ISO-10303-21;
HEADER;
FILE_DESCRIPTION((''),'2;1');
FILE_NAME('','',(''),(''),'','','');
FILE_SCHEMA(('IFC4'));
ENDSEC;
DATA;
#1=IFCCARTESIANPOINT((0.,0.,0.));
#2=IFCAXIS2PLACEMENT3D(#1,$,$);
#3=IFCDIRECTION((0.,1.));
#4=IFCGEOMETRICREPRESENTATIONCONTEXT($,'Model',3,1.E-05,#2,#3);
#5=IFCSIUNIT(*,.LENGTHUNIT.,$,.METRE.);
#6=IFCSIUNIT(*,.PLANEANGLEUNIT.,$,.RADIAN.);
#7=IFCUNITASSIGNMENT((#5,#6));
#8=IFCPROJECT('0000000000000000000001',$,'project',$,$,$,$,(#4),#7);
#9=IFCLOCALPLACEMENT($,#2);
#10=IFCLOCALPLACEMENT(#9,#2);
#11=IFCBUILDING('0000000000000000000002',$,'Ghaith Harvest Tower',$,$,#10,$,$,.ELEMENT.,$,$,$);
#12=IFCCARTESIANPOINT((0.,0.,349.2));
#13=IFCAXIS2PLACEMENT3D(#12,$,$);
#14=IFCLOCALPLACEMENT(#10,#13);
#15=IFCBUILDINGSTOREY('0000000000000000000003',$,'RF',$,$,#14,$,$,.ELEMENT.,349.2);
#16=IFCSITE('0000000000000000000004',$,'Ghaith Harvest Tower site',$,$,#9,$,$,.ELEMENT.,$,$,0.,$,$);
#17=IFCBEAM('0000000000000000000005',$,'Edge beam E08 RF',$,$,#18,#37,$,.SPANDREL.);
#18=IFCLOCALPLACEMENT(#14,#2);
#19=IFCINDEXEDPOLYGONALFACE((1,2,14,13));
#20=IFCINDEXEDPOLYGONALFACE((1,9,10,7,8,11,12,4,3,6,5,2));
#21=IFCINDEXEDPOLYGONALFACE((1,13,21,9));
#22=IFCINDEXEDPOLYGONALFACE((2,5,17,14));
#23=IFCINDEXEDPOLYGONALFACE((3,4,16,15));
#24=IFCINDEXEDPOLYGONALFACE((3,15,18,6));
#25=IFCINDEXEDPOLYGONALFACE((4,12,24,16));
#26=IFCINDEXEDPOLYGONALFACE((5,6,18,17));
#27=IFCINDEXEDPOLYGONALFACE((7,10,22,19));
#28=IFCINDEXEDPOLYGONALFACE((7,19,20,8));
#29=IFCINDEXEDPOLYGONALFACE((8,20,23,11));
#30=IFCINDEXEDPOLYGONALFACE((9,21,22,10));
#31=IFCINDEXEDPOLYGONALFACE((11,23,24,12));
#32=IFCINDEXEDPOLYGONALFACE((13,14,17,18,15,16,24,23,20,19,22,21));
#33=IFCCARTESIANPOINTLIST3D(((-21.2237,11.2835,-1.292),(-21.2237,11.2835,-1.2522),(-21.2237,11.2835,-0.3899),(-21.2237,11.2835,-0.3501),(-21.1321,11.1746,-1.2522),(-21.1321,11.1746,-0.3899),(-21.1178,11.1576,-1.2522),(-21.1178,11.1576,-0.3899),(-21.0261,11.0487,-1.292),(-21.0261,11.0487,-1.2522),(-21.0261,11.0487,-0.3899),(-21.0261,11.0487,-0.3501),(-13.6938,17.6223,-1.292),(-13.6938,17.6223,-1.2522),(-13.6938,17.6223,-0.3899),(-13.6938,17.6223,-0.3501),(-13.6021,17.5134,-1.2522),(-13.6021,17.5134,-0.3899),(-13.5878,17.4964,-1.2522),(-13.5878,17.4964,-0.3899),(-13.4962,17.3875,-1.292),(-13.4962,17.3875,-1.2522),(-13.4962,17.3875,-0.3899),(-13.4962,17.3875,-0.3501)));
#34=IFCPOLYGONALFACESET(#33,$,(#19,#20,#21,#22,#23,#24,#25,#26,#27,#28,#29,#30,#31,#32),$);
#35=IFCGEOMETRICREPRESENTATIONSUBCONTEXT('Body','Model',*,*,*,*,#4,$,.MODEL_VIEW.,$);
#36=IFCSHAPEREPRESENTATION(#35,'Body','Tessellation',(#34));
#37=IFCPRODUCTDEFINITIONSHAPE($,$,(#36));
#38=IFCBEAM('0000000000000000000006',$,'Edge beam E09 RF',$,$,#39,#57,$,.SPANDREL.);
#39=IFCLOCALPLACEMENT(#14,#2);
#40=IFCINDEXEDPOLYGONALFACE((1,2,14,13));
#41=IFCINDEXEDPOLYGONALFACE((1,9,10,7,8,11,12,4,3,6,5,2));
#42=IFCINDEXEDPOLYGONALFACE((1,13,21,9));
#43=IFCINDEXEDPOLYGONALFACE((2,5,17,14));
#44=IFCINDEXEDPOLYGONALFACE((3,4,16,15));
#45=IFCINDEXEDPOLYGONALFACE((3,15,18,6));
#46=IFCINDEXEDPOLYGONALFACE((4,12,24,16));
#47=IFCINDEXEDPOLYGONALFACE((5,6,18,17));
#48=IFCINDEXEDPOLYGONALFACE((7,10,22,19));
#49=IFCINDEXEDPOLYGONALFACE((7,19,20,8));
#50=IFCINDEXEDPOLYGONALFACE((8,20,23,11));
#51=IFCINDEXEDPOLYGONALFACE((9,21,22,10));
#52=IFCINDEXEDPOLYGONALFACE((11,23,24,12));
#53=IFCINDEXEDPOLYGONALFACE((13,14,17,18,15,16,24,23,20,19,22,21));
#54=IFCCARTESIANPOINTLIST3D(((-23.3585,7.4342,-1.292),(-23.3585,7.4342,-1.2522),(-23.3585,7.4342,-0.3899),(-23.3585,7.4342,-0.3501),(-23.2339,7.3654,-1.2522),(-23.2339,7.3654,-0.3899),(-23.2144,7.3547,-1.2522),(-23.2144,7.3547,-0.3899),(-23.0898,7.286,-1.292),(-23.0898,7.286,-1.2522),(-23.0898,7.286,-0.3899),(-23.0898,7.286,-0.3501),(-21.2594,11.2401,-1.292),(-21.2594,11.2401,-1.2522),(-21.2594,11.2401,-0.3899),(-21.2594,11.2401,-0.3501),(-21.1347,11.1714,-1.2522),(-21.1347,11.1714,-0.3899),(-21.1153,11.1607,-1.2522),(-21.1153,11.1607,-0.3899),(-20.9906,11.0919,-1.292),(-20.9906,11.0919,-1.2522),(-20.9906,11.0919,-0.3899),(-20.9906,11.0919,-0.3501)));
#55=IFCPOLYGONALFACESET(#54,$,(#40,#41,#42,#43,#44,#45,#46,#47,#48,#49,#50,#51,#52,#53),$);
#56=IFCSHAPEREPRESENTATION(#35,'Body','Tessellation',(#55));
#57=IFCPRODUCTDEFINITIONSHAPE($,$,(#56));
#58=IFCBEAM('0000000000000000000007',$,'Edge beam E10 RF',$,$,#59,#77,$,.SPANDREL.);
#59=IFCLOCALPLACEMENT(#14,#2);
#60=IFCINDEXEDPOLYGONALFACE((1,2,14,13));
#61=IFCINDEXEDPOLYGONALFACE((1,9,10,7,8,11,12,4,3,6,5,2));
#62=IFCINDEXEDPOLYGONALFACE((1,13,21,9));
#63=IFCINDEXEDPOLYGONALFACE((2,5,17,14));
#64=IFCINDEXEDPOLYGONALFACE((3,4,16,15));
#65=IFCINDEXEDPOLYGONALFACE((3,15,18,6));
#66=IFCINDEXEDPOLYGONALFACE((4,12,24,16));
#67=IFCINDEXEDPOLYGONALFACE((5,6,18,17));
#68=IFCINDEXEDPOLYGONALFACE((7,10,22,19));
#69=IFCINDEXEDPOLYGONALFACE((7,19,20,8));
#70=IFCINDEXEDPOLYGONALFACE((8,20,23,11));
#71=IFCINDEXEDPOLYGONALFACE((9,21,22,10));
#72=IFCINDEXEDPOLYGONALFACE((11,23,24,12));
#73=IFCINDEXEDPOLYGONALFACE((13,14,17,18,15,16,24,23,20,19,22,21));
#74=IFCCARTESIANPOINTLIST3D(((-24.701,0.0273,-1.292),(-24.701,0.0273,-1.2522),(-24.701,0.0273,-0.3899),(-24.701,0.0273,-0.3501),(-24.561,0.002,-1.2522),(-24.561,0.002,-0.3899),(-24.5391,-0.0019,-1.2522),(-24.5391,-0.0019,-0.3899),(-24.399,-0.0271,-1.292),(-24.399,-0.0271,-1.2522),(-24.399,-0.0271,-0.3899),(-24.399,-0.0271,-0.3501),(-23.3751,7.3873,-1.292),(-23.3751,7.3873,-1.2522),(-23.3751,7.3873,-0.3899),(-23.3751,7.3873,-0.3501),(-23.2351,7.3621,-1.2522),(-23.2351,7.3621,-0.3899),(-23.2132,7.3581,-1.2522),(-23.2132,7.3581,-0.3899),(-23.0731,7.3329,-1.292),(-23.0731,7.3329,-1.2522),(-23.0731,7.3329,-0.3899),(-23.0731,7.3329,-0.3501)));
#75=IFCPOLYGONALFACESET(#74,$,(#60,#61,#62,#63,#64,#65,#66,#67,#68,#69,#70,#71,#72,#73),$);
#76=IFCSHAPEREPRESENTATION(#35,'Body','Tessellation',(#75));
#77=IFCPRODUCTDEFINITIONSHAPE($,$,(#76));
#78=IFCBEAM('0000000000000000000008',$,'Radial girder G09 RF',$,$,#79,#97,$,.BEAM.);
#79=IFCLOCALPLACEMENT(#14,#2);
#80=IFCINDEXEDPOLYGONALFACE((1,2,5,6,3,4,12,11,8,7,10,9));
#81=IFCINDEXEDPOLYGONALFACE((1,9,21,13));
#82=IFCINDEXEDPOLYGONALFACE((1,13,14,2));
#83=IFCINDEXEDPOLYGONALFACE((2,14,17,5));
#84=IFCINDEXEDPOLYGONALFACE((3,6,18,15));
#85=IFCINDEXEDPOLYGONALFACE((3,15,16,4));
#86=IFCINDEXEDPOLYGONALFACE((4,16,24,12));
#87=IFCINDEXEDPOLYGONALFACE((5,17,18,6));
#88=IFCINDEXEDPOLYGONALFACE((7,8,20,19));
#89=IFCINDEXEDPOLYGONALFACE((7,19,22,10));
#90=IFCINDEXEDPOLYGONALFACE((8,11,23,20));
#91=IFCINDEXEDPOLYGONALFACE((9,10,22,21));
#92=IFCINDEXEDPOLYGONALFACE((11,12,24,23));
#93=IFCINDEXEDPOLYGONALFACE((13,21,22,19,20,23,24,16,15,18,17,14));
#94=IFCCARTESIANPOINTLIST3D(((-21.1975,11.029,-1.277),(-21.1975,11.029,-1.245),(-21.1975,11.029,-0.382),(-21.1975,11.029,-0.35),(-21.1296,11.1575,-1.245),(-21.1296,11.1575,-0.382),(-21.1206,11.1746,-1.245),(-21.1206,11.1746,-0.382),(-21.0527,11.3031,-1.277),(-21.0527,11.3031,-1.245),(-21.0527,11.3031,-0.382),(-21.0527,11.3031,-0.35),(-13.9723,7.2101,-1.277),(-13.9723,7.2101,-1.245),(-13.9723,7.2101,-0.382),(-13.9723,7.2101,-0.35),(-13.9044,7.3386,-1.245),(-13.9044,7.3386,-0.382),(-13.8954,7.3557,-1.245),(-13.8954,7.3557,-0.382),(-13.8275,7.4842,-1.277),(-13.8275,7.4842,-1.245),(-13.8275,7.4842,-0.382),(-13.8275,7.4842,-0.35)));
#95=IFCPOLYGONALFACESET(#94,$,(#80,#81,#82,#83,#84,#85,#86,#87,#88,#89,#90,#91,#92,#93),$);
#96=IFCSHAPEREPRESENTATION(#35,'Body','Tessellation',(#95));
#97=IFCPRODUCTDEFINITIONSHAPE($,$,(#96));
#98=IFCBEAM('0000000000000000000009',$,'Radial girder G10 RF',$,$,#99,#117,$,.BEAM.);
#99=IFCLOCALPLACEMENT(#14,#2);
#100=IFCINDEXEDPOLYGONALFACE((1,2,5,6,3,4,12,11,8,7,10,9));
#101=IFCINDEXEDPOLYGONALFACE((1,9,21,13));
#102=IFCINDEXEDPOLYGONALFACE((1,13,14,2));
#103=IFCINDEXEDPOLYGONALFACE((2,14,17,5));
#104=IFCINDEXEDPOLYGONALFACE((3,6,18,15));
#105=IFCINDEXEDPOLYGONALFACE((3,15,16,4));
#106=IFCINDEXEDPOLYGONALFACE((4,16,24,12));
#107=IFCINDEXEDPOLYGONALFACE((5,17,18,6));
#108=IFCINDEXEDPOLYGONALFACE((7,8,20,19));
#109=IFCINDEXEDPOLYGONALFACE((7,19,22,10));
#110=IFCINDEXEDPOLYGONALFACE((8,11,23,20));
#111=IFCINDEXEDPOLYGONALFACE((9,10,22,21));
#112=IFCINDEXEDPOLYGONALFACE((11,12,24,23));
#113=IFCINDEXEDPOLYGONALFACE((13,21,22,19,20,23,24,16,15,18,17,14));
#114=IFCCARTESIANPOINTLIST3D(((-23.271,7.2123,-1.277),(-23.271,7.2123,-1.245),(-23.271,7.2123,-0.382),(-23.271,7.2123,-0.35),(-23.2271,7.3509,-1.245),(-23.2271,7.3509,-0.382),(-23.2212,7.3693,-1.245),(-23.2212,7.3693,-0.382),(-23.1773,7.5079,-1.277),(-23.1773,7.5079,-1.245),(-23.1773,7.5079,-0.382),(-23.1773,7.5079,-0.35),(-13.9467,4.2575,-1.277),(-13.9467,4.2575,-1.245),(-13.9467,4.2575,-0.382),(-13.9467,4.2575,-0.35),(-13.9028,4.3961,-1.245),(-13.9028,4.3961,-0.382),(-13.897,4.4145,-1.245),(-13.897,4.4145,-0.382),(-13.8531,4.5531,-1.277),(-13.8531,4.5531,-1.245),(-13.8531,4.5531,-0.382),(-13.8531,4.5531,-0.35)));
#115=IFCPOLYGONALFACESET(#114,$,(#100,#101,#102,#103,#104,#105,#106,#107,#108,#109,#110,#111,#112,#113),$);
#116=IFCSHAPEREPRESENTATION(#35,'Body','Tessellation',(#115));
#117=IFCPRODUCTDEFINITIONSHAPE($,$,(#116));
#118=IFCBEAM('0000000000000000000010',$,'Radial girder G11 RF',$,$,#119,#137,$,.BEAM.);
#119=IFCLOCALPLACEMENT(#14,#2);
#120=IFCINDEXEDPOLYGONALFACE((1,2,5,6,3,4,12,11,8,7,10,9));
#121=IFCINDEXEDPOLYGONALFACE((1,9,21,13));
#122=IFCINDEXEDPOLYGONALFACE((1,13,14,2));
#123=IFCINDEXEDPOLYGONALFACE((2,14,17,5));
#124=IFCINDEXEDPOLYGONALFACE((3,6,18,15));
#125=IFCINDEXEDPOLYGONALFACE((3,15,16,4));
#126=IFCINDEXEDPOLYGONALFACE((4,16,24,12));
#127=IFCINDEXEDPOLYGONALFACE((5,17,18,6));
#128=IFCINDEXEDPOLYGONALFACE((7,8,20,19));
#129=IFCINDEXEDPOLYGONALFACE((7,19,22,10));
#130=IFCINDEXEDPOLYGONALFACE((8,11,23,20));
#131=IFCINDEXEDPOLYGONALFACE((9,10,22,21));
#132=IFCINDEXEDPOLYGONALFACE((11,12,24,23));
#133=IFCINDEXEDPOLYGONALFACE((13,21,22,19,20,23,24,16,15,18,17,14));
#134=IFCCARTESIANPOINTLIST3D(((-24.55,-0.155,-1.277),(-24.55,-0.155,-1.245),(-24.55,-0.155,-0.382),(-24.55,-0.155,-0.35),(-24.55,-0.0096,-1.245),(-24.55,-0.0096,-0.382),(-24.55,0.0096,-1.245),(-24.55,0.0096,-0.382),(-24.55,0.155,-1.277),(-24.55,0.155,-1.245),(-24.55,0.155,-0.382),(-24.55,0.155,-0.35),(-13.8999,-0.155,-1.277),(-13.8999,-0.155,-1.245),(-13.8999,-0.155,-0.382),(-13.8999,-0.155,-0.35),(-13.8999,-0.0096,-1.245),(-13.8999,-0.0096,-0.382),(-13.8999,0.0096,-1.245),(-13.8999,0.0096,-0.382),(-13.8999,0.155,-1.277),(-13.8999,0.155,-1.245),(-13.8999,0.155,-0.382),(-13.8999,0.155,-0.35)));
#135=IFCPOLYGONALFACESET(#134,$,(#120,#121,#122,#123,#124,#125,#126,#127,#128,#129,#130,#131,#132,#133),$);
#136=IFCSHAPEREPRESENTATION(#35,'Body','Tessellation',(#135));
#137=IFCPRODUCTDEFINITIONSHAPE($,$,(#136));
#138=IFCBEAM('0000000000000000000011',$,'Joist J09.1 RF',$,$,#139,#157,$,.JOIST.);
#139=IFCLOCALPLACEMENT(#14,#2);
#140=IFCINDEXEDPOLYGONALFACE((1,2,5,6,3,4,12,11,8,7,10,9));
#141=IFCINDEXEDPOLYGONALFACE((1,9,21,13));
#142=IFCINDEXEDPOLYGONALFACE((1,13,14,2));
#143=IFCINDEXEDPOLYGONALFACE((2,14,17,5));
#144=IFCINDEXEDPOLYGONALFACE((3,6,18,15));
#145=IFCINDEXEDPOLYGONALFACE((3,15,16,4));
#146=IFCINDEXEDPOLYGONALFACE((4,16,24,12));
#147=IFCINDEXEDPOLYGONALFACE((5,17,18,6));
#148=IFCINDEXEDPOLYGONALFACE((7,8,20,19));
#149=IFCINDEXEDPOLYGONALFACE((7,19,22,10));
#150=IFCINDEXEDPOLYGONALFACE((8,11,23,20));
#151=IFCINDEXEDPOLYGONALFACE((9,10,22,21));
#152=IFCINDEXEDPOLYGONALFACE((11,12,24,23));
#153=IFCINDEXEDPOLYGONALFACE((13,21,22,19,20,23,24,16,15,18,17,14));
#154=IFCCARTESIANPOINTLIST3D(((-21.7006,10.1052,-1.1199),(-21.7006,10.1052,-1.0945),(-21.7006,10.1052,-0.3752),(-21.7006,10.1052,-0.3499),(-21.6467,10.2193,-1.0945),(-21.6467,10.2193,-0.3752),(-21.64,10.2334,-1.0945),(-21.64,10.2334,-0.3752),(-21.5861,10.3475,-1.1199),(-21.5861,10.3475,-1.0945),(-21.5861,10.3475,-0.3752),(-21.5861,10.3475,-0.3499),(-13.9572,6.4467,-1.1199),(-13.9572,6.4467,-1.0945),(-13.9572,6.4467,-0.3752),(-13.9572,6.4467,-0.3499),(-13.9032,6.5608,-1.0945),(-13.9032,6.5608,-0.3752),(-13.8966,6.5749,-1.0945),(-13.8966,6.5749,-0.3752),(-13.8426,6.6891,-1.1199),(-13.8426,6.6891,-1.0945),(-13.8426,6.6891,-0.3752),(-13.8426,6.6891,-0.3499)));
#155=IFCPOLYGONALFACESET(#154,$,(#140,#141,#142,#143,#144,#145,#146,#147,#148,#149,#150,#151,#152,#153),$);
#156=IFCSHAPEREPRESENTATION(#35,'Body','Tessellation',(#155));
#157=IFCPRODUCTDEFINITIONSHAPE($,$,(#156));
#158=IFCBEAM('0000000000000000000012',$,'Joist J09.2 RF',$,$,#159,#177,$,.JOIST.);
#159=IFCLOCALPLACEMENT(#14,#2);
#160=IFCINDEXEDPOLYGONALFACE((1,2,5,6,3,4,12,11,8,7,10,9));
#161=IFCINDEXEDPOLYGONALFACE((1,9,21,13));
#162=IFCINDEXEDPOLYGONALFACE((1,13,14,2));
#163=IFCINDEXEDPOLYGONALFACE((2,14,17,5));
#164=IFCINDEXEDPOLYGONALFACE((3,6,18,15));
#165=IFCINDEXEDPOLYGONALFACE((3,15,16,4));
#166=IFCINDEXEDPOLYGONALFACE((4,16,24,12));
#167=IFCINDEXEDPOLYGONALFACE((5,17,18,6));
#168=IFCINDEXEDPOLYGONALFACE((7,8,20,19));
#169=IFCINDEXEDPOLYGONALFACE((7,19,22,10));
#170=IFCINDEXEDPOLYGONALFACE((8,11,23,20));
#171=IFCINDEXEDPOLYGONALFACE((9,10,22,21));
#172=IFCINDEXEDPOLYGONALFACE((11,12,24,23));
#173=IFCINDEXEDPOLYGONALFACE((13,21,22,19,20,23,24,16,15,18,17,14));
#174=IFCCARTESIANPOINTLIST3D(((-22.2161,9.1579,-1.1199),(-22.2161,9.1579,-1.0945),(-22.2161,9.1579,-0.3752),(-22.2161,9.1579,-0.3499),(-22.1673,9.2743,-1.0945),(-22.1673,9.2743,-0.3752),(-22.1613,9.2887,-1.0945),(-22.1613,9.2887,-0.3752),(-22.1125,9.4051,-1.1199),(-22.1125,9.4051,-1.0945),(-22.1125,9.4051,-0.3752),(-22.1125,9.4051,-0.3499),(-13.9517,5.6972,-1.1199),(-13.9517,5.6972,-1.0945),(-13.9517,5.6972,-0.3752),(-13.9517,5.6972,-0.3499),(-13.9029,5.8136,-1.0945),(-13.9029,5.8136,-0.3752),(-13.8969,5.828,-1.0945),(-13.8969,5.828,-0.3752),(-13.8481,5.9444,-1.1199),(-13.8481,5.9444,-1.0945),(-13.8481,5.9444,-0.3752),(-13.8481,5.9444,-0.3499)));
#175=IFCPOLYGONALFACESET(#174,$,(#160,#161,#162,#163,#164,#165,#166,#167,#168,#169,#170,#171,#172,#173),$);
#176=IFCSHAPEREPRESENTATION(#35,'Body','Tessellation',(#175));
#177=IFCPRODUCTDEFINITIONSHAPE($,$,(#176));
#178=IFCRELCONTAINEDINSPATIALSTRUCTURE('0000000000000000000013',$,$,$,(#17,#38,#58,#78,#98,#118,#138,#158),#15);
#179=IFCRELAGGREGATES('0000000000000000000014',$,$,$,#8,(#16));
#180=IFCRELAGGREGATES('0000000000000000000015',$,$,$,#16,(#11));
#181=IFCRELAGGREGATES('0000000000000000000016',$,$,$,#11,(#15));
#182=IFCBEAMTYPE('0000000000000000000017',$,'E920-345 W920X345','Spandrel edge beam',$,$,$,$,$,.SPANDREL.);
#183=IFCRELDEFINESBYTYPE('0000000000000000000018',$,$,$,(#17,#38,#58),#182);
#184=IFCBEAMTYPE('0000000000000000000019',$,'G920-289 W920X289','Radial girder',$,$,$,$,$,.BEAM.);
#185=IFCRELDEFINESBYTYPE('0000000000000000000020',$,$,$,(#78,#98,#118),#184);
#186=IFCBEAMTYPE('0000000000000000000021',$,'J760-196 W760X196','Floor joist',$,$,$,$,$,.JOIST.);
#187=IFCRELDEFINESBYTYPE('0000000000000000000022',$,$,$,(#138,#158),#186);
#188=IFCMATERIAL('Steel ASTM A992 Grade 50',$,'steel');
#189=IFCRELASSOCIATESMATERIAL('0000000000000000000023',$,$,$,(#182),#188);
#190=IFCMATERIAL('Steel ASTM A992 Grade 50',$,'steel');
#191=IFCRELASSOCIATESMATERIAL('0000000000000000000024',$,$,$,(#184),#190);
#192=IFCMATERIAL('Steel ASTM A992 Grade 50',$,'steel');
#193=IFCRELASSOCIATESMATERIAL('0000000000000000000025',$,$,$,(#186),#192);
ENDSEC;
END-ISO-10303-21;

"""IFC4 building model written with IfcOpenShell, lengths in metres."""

from ifc_helpers import new_model, si_unit, direction, frame, origin, origin_2d, place, context, subcontext, project, spatial, i_section, extrude, material, material_profile, profile_set, type_object, element, save


model = new_model("IFC4")

# Units and contexts
model_context = context("Model", 3, precision=1e-05, world=origin(), true_north=direction((0.0, 1.0)))
body_context = subcontext(model_context, "Body", "Model", "MODEL_VIEW")
ifc_project = project(units=[si_unit("LENGTHUNIT", "METRE"), si_unit("PLANEANGLEUNIT", "RADIAN")], contexts=[model_context])

# Site, building, storey
site_placement = place(None, origin())
site = spatial("IfcSite", under=ifc_project, at=site_placement, Name="Ghaith Harvest Tower site", CompositionType="ELEMENT", RefElevation=0.0)
building_placement = place(site_placement, origin())
building = spatial("IfcBuilding", under=site, at=building_placement, Name="Ghaith Harvest Tower", CompositionType="ELEMENT")
storey_placement = place(building_placement, frame((0.0, 0.0, 349.2)))
storey = spatial("IfcBuildingStorey", under=building, at=storey_placement, Name="RF", CompositionType="ELEMENT", Elevation=349.2)

# Beams
ifc_material_1 = material(Name="Steel ASTM A992 Grade 50", Category="steel")
ifc_material_profile_1 = material_profile(ifc_material_1, i_section(OverallWidth=0.3069, OverallDepth=0.9419, WebThickness=0.0222, FlangeThickness=0.0398, at=origin_2d()), Name="W920X345")
ifc_profile_set_1 = profile_set([ifc_material_profile_1], Name="Steel ASTM A992 Grade 50")
beam_type_1 = type_object("IfcBeamType", Name="E920-345 W920X345", Description="Spandrel edge beam", PredefinedType="SPANDREL", material=ifc_profile_set_1)
beam_1_placement = place(storey_placement, frame((-13.595, 17.5049, -0.821), z_axis=(-0.765022, -0.644004, 0.0), x_axis=(0.644004, -0.765022, 0.0)))
element("IfcBeam", 1, at=beam_1_placement, inside=storey, type_object=beam_type_1, Name="Edge beam E08 RF", PredefinedType="SPANDREL", context=body_context, shape_type="SweptSolid", body=[
    extrude(i_section(OverallWidth=0.3069, OverallDepth=0.9419, WebThickness=0.0222, FlangeThickness=0.0398, at=origin_2d()), origin(), (0.0, 0.0, 1.0), 9.8428),
])
beam_2_placement = place(storey_placement, frame((-21.125, 11.166, -0.821), z_axis=(-0.482956, -0.875645, 0.0), x_axis=(0.875645, -0.482956, 0.0)))
element("IfcBeam", 2, at=beam_2_placement, inside=storey, type_object=beam_type_1, Name="Edge beam E09 RF", PredefinedType="SPANDREL", context=body_context, shape_type="SweptSolid", body=[
    extrude(i_section(OverallWidth=0.3069, OverallDepth=0.9419, WebThickness=0.0222, FlangeThickness=0.0398, at=origin_2d()), origin(), (0.0, 0.0, 1.0), 4.3464),
])
beam_3_placement = place(storey_placement, frame((-23.2241, 7.3601, -0.821), z_axis=(-0.177297, -0.984157, 0.0), x_axis=(0.984157, -0.177297, 0.0)))
element("IfcBeam", 3, at=beam_3_placement, inside=storey, type_object=beam_type_1, Name="Edge beam E10 RF", PredefinedType="SPANDREL", context=body_context, shape_type="SweptSolid", body=[
    extrude(i_section(OverallWidth=0.3069, OverallDepth=0.9419, WebThickness=0.0222, FlangeThickness=0.0398, at=origin_2d()), origin(), (0.0, 0.0, 1.0), 7.4785),
])
ifc_material_2 = material(Name="Steel ASTM A992 Grade 50", Category="steel")
ifc_material_profile_2 = material_profile(ifc_material_2, i_section(OverallWidth=0.3101, OverallDepth=0.927, WebThickness=0.0193, FlangeThickness=0.032, at=origin_2d()), Name="W920X289")
ifc_profile_set_2 = profile_set([ifc_material_profile_2], Name="Steel ASTM A992 Grade 50")
beam_type_2 = type_object("IfcBeamType", Name="G920-289 W920X289", Description="Radial girder", PredefinedType="BEAM", material=ifc_profile_set_2)
beam_4_placement = place(storey_placement, frame((-13.8999, 7.3472, -0.8135), z_axis=(-0.884102, 0.467295, 0.0), x_axis=(-0.467295, -0.884102, 0.0)))
element("IfcBeam", 4, at=beam_4_placement, inside=storey, type_object=beam_type_2, Name="Radial girder G09 RF", PredefinedType="BEAM", context=body_context, shape_type="SweptSolid", body=[
    extrude(i_section(OverallWidth=0.3101, OverallDepth=0.927, WebThickness=0.0193, FlangeThickness=0.032, at=origin_2d()), origin(), (0.0, 0.0, 1.0), 8.1724),
])
beam_5_placement = place(storey_placement, frame((-13.8999, 4.4053, -0.8135), z_axis=(-0.953279, 0.302093, 0.0), x_axis=(-0.302093, -0.953279, 0.0)))
element("IfcBeam", 5, at=beam_5_placement, inside=storey, type_object=beam_type_2, Name="Radial girder G10 RF", PredefinedType="BEAM", context=body_context, shape_type="SweptSolid", body=[
    extrude(i_section(OverallWidth=0.3101, OverallDepth=0.927, WebThickness=0.0193, FlangeThickness=0.032, at=origin_2d()), origin(), (0.0, 0.0, 1.0), 9.7812),
])
beam_6_placement = place(storey_placement, frame((-13.8999, 0.0, -0.8135), z_axis=(-1.0, 0.0, 0.0), x_axis=(0.0, -1.0, 0.0)))
element("IfcBeam", 6, at=beam_6_placement, inside=storey, type_object=beam_type_2, Name="Radial girder G11 RF", PredefinedType="BEAM", context=body_context, shape_type="SweptSolid", body=[
    extrude(i_section(OverallWidth=0.3101, OverallDepth=0.927, WebThickness=0.0193, FlangeThickness=0.032, at=origin_2d()), origin(), (0.0, 0.0, 1.0), 10.6501),
])
ifc_material_3 = material(Name="Steel ASTM A992 Grade 50", Category="steel")
ifc_material_profile_3 = material_profile(ifc_material_3, i_section(OverallWidth=0.2681, OverallDepth=0.77, WebThickness=0.0156, FlangeThickness=0.0254, at=origin_2d()), Name="W760X196")
ifc_profile_set_3 = profile_set([ifc_material_profile_3], Name="Steel ASTM A992 Grade 50")
beam_type_3 = type_object("IfcBeamType", Name="J760-196 W760X196", Description="Floor joist", PredefinedType="JOIST", material=ifc_profile_set_3)
beam_7_placement = place(storey_placement, frame((-13.8999, 6.5679, -0.7349), z_axis=(-0.904166, 0.427182, 0.0), x_axis=(-0.427182, -0.904166, 0.0)))
element("IfcBeam", 7, at=beam_7_placement, inside=storey, type_object=beam_type_3, Name="Joist J09.1 RF", PredefinedType="JOIST", context=body_context, shape_type="SweptSolid", body=[
    extrude(i_section(OverallWidth=0.2681, OverallDepth=0.77, WebThickness=0.0156, FlangeThickness=0.0254, at=origin_2d()), origin(), (0.0, 0.0, 1.0), 8.5642),
])
beam_8_placement = place(storey_placement, frame((-13.8999, 5.8208, -0.7349), z_axis=(-0.922394, 0.38625, 0.0), x_axis=(-0.38625, -0.922394, 0.0)))
element("IfcBeam", 8, at=beam_8_placement, inside=storey, type_object=beam_type_3, Name="Joist J09.2 RF", PredefinedType="JOIST", context=body_context, shape_type="SweptSolid", body=[
    extrude(i_section(OverallWidth=0.2681, OverallDepth=0.77, WebThickness=0.0156, FlangeThickness=0.0254, at=origin_2d()), origin(), (0.0, 0.0, 1.0), 8.9597),
])

save(model, "model.ifc")
